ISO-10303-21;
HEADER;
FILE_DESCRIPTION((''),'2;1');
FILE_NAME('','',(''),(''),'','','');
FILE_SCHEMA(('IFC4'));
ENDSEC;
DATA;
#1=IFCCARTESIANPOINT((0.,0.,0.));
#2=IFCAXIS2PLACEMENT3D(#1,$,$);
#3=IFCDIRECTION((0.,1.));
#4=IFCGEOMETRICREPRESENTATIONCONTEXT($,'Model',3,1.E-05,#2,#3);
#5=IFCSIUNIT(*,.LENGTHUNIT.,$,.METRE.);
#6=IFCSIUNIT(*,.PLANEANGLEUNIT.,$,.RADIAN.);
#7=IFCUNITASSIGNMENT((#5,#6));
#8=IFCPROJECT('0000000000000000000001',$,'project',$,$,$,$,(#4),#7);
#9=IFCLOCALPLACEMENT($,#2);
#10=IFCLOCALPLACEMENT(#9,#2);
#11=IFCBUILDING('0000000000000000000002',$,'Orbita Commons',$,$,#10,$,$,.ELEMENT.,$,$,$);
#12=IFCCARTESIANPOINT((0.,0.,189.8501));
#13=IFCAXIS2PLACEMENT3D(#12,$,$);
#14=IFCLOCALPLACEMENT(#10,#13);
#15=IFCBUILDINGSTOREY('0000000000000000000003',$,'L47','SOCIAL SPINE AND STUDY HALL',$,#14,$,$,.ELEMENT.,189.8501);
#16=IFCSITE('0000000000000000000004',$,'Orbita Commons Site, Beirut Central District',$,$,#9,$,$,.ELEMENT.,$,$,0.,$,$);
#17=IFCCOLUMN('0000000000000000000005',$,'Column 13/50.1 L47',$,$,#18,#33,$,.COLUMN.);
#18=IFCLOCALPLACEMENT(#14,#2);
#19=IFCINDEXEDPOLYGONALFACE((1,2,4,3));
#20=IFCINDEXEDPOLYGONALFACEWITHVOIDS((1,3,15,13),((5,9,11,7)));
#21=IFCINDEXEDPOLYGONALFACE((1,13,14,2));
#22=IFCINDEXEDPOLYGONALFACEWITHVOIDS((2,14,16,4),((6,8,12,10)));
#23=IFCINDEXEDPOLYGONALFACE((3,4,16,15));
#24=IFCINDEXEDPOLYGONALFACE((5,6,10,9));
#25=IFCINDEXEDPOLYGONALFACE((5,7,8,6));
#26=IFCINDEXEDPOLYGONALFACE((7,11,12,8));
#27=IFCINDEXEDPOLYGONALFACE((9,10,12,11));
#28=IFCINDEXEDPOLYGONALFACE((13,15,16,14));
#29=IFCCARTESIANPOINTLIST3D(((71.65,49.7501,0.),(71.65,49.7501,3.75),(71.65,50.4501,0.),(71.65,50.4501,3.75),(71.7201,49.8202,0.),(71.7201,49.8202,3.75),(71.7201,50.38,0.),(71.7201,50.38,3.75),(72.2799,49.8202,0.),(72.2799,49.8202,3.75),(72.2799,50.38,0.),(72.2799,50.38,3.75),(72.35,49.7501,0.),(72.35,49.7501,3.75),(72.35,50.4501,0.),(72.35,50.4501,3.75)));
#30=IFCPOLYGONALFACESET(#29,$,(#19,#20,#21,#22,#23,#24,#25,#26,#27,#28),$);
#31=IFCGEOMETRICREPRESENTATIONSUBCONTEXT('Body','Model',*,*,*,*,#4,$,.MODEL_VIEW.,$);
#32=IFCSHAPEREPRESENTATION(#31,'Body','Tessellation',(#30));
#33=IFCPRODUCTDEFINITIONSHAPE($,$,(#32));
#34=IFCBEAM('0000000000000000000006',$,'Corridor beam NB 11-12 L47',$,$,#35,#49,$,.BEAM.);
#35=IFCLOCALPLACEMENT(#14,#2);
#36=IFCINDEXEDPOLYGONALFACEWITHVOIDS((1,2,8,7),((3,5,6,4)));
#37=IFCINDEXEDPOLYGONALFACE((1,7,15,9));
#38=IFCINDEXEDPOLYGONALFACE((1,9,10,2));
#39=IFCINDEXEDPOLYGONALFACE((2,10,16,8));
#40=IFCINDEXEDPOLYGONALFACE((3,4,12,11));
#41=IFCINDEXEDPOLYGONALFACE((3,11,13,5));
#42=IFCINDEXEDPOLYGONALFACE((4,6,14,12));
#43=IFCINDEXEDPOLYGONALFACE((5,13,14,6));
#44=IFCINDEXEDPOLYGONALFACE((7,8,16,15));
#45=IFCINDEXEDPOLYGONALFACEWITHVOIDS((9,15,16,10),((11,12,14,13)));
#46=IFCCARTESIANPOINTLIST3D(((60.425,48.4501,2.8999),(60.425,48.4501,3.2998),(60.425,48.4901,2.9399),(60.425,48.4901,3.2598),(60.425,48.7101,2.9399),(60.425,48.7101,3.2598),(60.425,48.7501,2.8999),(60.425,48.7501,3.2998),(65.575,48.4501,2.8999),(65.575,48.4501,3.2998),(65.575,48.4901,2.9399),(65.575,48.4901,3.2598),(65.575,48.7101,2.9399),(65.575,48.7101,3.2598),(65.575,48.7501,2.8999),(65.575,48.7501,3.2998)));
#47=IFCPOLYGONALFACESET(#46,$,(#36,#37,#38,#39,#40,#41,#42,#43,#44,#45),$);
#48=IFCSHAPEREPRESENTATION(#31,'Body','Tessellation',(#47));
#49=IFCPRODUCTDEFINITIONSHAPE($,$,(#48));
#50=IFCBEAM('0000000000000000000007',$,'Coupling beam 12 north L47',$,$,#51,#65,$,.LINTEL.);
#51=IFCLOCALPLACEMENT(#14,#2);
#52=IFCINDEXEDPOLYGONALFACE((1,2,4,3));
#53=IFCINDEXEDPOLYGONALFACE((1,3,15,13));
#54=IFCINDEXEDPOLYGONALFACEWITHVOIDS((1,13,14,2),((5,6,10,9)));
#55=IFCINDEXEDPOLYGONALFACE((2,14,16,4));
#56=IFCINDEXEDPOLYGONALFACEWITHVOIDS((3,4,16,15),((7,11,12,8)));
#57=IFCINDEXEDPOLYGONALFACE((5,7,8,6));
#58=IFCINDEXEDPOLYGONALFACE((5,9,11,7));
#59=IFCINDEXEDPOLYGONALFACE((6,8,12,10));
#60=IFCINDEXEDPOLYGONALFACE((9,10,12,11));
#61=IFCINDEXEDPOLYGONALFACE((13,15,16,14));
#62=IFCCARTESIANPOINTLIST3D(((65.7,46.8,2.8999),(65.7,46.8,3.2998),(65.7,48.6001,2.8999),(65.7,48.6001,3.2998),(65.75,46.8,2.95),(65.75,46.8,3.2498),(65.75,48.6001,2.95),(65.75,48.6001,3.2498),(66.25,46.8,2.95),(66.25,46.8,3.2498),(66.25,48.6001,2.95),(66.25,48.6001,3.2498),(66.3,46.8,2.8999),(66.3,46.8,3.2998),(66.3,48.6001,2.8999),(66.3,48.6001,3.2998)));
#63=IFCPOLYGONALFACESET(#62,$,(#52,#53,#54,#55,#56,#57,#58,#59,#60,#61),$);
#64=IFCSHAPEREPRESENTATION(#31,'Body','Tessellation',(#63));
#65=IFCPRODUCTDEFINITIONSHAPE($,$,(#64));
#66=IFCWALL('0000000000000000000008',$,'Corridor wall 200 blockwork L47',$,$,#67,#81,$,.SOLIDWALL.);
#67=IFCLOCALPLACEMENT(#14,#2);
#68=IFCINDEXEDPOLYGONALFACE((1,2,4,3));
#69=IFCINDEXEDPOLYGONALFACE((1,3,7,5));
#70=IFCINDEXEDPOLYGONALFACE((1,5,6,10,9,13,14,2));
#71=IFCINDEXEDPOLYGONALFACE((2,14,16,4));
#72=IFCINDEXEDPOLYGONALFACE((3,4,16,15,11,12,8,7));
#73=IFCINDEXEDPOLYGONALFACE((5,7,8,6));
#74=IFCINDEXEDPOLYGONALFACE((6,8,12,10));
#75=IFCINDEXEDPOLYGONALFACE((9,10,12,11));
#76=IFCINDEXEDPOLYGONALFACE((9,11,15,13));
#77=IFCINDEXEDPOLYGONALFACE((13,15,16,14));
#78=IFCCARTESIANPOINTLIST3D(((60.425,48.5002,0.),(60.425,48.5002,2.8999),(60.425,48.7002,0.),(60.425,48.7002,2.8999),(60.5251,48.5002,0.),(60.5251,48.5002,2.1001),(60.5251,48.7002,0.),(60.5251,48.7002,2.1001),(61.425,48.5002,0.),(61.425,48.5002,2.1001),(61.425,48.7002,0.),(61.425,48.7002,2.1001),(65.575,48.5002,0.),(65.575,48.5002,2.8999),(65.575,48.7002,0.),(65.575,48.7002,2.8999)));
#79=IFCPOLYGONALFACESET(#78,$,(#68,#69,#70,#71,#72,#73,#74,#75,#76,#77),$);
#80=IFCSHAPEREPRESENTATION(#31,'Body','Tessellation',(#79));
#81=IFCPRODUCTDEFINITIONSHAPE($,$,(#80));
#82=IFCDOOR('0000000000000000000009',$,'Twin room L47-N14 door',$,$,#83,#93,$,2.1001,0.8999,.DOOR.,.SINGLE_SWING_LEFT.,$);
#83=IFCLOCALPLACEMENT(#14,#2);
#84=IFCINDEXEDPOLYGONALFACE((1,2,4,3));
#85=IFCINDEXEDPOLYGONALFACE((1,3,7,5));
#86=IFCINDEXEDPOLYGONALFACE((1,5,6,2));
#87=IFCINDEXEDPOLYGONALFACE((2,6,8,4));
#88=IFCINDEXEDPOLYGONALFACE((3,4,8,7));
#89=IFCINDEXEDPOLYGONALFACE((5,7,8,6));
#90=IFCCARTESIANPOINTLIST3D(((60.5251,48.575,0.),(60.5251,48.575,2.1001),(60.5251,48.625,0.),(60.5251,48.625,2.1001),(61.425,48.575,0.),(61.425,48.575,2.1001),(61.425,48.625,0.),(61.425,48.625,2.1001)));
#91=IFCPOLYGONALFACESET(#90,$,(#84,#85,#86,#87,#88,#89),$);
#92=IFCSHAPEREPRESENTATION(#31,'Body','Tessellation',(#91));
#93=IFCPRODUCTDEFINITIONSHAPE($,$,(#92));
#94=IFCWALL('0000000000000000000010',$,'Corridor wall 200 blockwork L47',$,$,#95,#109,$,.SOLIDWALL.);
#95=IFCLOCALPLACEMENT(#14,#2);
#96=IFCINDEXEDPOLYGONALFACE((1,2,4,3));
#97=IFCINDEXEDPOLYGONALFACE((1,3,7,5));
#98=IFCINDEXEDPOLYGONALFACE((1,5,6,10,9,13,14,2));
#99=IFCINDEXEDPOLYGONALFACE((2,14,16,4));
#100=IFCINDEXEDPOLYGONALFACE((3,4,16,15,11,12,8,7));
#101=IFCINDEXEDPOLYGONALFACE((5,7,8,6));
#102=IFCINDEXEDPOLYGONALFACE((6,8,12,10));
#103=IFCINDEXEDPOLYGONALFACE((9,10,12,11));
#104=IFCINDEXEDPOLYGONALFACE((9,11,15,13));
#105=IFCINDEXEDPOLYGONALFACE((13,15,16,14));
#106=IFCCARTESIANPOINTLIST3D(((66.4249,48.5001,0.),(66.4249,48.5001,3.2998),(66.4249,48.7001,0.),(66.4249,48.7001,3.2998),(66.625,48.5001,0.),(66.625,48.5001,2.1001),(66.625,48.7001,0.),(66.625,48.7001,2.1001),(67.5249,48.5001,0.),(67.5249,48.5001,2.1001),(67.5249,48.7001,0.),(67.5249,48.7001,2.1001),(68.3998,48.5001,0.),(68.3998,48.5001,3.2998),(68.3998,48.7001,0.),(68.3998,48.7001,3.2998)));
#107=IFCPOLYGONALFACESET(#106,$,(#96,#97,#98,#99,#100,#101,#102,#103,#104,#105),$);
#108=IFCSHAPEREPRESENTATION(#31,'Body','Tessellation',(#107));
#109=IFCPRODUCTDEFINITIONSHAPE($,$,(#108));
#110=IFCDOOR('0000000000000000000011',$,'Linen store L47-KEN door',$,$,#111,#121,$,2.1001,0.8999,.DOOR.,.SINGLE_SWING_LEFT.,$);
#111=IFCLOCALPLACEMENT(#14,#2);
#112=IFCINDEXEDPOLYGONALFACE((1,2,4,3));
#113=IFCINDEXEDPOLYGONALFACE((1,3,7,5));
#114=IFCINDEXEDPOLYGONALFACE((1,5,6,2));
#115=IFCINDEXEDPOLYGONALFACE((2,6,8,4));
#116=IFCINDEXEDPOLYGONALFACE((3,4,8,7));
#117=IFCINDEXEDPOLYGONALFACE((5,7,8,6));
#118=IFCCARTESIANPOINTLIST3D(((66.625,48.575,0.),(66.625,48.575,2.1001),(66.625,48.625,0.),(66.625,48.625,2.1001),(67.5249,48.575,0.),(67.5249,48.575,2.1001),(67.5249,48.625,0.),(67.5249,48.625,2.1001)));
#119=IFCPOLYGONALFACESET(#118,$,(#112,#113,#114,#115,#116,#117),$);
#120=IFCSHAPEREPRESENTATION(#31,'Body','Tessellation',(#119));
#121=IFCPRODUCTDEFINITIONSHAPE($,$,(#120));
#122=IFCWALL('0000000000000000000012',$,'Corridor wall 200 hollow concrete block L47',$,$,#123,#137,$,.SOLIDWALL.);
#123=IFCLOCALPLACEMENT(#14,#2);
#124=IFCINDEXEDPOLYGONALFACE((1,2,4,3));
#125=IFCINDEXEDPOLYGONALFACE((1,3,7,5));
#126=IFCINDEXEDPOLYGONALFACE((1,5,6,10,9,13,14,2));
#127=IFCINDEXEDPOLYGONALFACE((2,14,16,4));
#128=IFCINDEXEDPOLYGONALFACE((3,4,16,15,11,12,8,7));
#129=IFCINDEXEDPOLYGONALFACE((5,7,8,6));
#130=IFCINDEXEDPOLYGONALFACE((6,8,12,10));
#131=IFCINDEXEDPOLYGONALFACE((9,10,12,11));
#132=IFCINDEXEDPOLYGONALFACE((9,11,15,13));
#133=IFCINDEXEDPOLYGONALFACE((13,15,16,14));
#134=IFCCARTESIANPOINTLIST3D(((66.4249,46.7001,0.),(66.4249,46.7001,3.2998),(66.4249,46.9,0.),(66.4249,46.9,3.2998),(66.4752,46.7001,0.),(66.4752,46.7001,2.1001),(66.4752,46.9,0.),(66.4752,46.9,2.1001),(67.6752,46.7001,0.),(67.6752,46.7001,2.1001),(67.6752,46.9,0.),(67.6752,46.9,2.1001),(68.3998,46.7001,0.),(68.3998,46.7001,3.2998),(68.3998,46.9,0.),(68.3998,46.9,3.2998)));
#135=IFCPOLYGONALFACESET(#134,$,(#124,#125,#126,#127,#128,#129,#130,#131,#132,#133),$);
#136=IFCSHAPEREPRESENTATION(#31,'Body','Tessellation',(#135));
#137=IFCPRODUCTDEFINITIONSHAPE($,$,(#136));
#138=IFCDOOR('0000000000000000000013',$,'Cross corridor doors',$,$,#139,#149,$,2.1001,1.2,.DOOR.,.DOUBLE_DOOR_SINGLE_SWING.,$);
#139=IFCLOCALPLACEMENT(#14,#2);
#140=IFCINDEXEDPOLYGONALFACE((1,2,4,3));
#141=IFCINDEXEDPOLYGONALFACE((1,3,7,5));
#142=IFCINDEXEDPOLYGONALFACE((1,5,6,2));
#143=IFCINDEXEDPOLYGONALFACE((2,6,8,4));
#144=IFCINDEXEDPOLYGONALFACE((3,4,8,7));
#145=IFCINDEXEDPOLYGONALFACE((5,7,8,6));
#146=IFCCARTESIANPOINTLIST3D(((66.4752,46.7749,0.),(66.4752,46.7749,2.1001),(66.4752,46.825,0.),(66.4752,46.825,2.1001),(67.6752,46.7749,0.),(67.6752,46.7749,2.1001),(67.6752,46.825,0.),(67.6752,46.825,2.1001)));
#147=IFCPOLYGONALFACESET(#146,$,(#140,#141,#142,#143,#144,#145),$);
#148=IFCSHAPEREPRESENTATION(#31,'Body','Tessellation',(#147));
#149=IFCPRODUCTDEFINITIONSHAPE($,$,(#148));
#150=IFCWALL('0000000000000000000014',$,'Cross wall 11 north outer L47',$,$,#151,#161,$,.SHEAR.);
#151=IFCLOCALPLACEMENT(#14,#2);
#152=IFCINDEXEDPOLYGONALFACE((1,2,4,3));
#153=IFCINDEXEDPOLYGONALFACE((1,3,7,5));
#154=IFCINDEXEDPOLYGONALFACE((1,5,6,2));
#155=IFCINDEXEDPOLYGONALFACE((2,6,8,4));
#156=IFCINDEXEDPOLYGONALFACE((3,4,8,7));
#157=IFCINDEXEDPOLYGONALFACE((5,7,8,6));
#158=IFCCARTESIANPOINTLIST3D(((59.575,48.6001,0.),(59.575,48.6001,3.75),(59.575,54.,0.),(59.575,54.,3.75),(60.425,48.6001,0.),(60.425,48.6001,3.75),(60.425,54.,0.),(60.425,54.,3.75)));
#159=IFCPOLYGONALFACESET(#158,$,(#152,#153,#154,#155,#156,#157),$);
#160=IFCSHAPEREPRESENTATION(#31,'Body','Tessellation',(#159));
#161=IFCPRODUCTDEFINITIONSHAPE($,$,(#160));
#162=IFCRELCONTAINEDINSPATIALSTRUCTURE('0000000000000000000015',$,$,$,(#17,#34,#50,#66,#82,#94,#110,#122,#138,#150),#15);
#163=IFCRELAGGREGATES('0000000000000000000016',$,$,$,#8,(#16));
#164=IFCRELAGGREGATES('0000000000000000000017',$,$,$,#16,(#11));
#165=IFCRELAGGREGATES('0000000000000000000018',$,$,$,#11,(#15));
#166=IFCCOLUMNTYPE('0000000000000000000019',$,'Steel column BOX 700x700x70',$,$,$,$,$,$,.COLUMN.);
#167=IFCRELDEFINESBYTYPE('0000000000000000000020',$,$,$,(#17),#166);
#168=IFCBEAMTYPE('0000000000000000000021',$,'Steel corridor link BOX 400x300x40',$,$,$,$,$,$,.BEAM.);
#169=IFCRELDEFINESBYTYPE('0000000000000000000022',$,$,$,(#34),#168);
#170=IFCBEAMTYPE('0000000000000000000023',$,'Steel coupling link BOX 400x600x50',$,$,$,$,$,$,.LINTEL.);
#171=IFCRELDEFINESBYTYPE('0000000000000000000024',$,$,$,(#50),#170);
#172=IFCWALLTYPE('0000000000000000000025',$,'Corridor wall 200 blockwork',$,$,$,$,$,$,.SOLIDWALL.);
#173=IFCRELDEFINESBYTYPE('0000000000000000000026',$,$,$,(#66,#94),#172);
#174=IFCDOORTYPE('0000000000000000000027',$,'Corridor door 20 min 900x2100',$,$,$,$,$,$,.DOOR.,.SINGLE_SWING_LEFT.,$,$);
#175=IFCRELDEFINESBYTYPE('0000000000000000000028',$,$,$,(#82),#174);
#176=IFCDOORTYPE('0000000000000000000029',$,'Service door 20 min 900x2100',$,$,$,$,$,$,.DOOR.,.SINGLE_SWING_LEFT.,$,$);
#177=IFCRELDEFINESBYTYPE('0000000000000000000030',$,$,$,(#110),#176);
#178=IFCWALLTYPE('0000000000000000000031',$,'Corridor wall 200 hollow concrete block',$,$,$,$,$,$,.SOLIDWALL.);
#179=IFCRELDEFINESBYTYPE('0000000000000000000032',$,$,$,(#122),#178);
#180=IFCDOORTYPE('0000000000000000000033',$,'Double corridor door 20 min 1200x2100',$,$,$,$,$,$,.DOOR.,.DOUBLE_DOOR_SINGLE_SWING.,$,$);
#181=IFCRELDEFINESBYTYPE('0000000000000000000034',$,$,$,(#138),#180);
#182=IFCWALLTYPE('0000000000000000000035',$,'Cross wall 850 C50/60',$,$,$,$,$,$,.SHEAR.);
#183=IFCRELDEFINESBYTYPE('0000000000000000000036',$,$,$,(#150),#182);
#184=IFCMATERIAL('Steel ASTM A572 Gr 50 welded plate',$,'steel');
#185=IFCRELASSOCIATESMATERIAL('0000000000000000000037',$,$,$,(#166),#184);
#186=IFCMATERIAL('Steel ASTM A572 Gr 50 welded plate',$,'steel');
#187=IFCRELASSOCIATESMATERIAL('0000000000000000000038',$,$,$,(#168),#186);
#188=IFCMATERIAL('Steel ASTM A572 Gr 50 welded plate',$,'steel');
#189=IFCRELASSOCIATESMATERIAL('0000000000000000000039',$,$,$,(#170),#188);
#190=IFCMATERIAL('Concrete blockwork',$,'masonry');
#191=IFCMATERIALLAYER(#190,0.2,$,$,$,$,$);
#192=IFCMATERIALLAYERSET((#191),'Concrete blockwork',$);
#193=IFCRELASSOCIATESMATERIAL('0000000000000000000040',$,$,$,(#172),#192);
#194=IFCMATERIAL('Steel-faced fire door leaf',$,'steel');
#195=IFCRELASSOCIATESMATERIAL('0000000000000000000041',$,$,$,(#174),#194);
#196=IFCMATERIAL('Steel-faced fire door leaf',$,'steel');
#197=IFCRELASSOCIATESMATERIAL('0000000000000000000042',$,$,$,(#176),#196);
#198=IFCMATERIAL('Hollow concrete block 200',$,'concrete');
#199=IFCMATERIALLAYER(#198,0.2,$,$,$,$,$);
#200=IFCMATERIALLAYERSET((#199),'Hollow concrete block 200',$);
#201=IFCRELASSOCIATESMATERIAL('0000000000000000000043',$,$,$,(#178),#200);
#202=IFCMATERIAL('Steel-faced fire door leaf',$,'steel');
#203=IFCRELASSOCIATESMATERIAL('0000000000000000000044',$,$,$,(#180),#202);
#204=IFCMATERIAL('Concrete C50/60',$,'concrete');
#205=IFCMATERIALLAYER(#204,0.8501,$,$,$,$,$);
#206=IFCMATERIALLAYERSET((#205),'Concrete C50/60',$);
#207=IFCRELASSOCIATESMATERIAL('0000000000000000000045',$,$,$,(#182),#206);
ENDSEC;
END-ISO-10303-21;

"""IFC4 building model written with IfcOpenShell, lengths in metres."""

from ifc_helpers import new_model, si_unit, direction, frame, frame_2d, origin, origin_2d, place, context, subcontext, project, spatial, polyline, rectangle, hollow_rectangle, outline, extrude, material, layer, layer_set, material_profile, profile_set, type_object, element, fill, save


model = new_model("IFC4")

# Units and contexts
model_context = context("Model", 3, precision=1e-05, world=origin(), true_north=direction((0.0, 1.0)))
body_context = subcontext(model_context, "Body", "Model", "MODEL_VIEW")
ifc_project = project(units=[si_unit("LENGTHUNIT", "METRE"), si_unit("PLANEANGLEUNIT", "RADIAN")], contexts=[model_context])

# Site, building, storey
site_placement = place(None, origin())
site = spatial("IfcSite", under=ifc_project, at=site_placement, Name="Orbita Commons Site, Beirut Central District", CompositionType="ELEMENT", RefElevation=0.0)
building_placement = place(site_placement, origin())
building = spatial("IfcBuilding", under=site, at=building_placement, Name="Orbita Commons", CompositionType="ELEMENT")
storey_placement = place(building_placement, frame((0.0, 0.0, 189.8501)))
storey = spatial("IfcBuildingStorey", under=building, at=storey_placement, Name="L47", Description="SOCIAL SPINE AND STUDY HALL", CompositionType="ELEMENT", Elevation=189.8501)

# Column
ifc_material_1 = material(Name="Steel ASTM A572 Gr 50 welded plate", Category="steel")
ifc_material_profile_1 = material_profile(ifc_material_1, hollow_rectangle(XDim=0.7, YDim=0.7, WallThickness=0.0701, at=origin_2d()), Name="BOX 700x700x70")
ifc_profile_set_1 = profile_set([ifc_material_profile_1], Name="Steel ASTM A572 Gr 50 welded plate")
column_type = type_object("IfcColumnType", Name="Steel column BOX 700x700x70", PredefinedType="COLUMN", material=ifc_profile_set_1)
column_placement = place(storey_placement, frame((72.0, 50.1001, 0.0), z_axis=(0.0, 0.0, 1.0), x_axis=(1.0, 0.0, 0.0)))
element("IfcColumn", 1, at=column_placement, inside=storey, type_object=column_type, Name="Column 13/50.1 L47", PredefinedType="COLUMN", context=body_context, shape_type="SweptSolid", body=[
    extrude(hollow_rectangle(XDim=0.7, YDim=0.7, WallThickness=0.0701, at=origin_2d()), origin(), (0.0, 0.0, 1.0), 3.75),
])

# Beams
ifc_material_2 = material(Name="Steel ASTM A572 Gr 50 welded plate", Category="steel")
ifc_material_profile_2 = material_profile(ifc_material_2, hollow_rectangle(XDim=0.3, YDim=0.3999, WallThickness=0.04, at=origin_2d()), Name="BOX 400x300x40")
ifc_profile_set_2 = profile_set([ifc_material_profile_2], Name="Steel ASTM A572 Gr 50 welded plate")
beam_type_1 = type_object("IfcBeamType", Name="Steel corridor link BOX 400x300x40", PredefinedType="BEAM", material=ifc_profile_set_2)
beam_1_placement = place(storey_placement, frame((60.425, 48.6001, 3.0999), z_axis=(1.0, 0.0, 0.0), x_axis=(0.0, 1.0, 0.0)))
element("IfcBeam", 2, at=beam_1_placement, inside=storey, type_object=beam_type_1, Name="Corridor beam NB 11-12 L47", PredefinedType="BEAM", context=body_context, shape_type="SweptSolid", body=[
    extrude(hollow_rectangle(XDim=0.3, YDim=0.3999, WallThickness=0.04, at=origin_2d()), origin(), (0.0, 0.0, 1.0), 5.1499),
])
ifc_material_3 = material(Name="Steel ASTM A572 Gr 50 welded plate", Category="steel")
ifc_material_profile_3 = material_profile(ifc_material_3, hollow_rectangle(XDim=0.6001, YDim=0.3999, WallThickness=0.05, at=origin_2d()), Name="BOX 400x600x50")
ifc_profile_set_3 = profile_set([ifc_material_profile_3], Name="Steel ASTM A572 Gr 50 welded plate")
beam_type_2 = type_object("IfcBeamType", Name="Steel coupling link BOX 400x600x50", PredefinedType="LINTEL", material=ifc_profile_set_3)
beam_2_placement = place(storey_placement, frame((66.0, 46.8, 3.0999), z_axis=(0.0, 1.0, 0.0), x_axis=(-1.0, 0.0, 0.0)))
element("IfcBeam", 3, at=beam_2_placement, inside=storey, type_object=beam_type_2, Name="Coupling beam 12 north L47", PredefinedType="LINTEL", context=body_context, shape_type="SweptSolid", body=[
    extrude(hollow_rectangle(XDim=0.6001, YDim=0.3999, WallThickness=0.05, at=origin_2d()), origin(), (0.0, 0.0, 1.0), 1.8),
])

# Walls, openings, doors
ifc_material_4 = material(Name="Concrete blockwork", Category="masonry")
ifc_layer_1 = layer(ifc_material_4, 0.2)
ifc_layer_set_1 = layer_set([ifc_layer_1], Name="Concrete blockwork")
wall_type_1 = type_object("IfcWallType", Name="Corridor wall 200 blockwork", PredefinedType="SOLIDWALL", material=ifc_layer_set_1)
wall_1_placement = place(storey_placement, frame((60.425, 48.6001, 0.0), z_axis=(0.0, 0.0, 1.0), x_axis=(1.0, 0.0, 0.0)))
wall_1 = element("IfcWall", 4, at=wall_1_placement, inside=storey, type_object=wall_type_1, Name="Corridor wall 200 blockwork L47", PredefinedType="SOLIDWALL", context=body_context, shape_type="SweptSolid", body=[
    extrude(outline(polyline([(0.0, 0.0), (5.1499, 0.0), (5.1499, 2.8999), (0.0, 2.8999), (0.0, 0.0)])), frame((0.0, 0.1001, 0.0), z_axis=(0.0, -1.0, 0.0), x_axis=(1.0, 0.0, 0.0)), (0.0, 0.0, 1.0), 0.2),
])
opening_1_placement = place(wall_1_placement, frame((0.1001, 0.0, 0.0)))
opening_1 = element("IfcOpeningElement", 5, at=opening_1_placement, cuts=wall_1, PredefinedType="OPENING", context=body_context, shape_type="SweptSolid", body=[
    extrude(rectangle(XDim=0.8999, YDim=2.1001, at=frame_2d((0.45, 1.05))), frame((0.0, 0.1099, 0.0), z_axis=(0.0, -1.0, 0.0), x_axis=(1.0, 0.0, 0.0)), (0.0, 0.0, 1.0), 0.22),
])
ifc_material_5 = material(Name="Steel-faced fire door leaf", Category="steel")
door_type_1 = type_object("IfcDoorType", Name="Corridor door 20 min 900x2100", OperationType="SINGLE_SWING_LEFT", PredefinedType="DOOR", material=ifc_material_5)
door_1_placement = place(opening_1_placement, origin())
door_1 = element("IfcDoor", 6, at=door_1_placement, inside=storey, type_object=door_type_1, Name="Twin room L47-N14 door", OperationType="SINGLE_SWING_LEFT", OverallHeight=2.1001, OverallWidth=0.8999, PredefinedType="DOOR", context=body_context, shape_type="SweptSolid", body=[
    extrude(rectangle(XDim=0.8999, YDim=2.1001, at=frame_2d((0.45, 1.05))), frame((0.0, 0.0249, 0.0), z_axis=(0.0, -1.0, 0.0), x_axis=(1.0, 0.0, 0.0)), (0.0, 0.0, 1.0), 0.05),
])
fill(opening_1, door_1)
wall_2_placement = place(storey_placement, frame((66.425, 48.6001, 0.0), z_axis=(0.0, 0.0, 1.0), x_axis=(1.0, 0.0, 0.0)))
wall_2 = element("IfcWall", 7, at=wall_2_placement, inside=storey, type_object=wall_type_1, Name="Corridor wall 200 blockwork L47", PredefinedType="SOLIDWALL", context=body_context, shape_type="SweptSolid", body=[
    extrude(rectangle(XDim=1.9749, YDim=0.2, at=frame_2d((0.9873, 0.0))), origin(), (0.0, 0.0, 1.0), 3.2998),
])
opening_2_placement = place(wall_2_placement, frame((0.2, 0.0, 0.0)))
opening_2 = element("IfcOpeningElement", 8, at=opening_2_placement, cuts=wall_2, PredefinedType="OPENING", context=body_context, shape_type="SweptSolid", body=[
    extrude(rectangle(XDim=0.8999, YDim=2.1001, at=frame_2d((0.45, 1.05))), frame((0.0, 0.1099, 0.0), z_axis=(0.0, -1.0, 0.0), x_axis=(1.0, 0.0, 0.0)), (0.0, 0.0, 1.0), 0.22),
])
ifc_material_6 = material(Name="Steel-faced fire door leaf", Category="steel")
door_type_2 = type_object("IfcDoorType", Name="Service door 20 min 900x2100", OperationType="SINGLE_SWING_LEFT", PredefinedType="DOOR", material=ifc_material_6)
door_2_placement = place(opening_2_placement, origin())
door_2 = element("IfcDoor", 9, at=door_2_placement, inside=storey, type_object=door_type_2, Name="Linen store L47-KEN door", OperationType="SINGLE_SWING_LEFT", OverallHeight=2.1001, OverallWidth=0.8999, PredefinedType="DOOR", context=body_context, shape_type="SweptSolid", body=[
    extrude(rectangle(XDim=0.8999, YDim=2.1001, at=frame_2d((0.45, 1.05))), frame((0.0, 0.0249, 0.0), z_axis=(0.0, -1.0, 0.0), x_axis=(1.0, 0.0, 0.0)), (0.0, 0.0, 1.0), 0.05),
])
fill(opening_2, door_2)
ifc_material_7 = material(Name="Hollow concrete block 200", Category="concrete")
ifc_layer_2 = layer(ifc_material_7, 0.2)
ifc_layer_set_2 = layer_set([ifc_layer_2], Name="Hollow concrete block 200")
wall_type_2 = type_object("IfcWallType", Name="Corridor wall 200 hollow concrete block", PredefinedType="SOLIDWALL", material=ifc_layer_set_2)
wall_3_placement = place(storey_placement, frame((66.425, 46.8, 0.0), z_axis=(0.0, 0.0, 1.0), x_axis=(1.0, 0.0, 0.0)))
wall_3 = element("IfcWall", 10, at=wall_3_placement, inside=storey, type_object=wall_type_2, Name="Corridor wall 200 hollow concrete block L47", PredefinedType="SOLIDWALL", context=body_context, shape_type="SweptSolid", body=[
    extrude(rectangle(XDim=1.9749, YDim=0.2, at=frame_2d((0.9873, 0.0))), origin(), (0.0, 0.0, 1.0), 3.2998),
])
opening_3_placement = place(wall_3_placement, frame((0.05, 0.0, 0.0)))
opening_3 = element("IfcOpeningElement", 11, at=opening_3_placement, cuts=wall_3, PredefinedType="OPENING", context=body_context, shape_type="SweptSolid", body=[
    extrude(rectangle(XDim=1.2, YDim=2.1001, at=frame_2d((0.6001, 1.05))), frame((0.0, 0.1099, 0.0), z_axis=(0.0, -1.0, 0.0), x_axis=(1.0, 0.0, 0.0)), (0.0, 0.0, 1.0), 0.22),
])
ifc_material_8 = material(Name="Steel-faced fire door leaf", Category="steel")
door_type_3 = type_object("IfcDoorType", Name="Double corridor door 20 min 1200x2100", OperationType="DOUBLE_DOOR_SINGLE_SWING", PredefinedType="DOOR", material=ifc_material_8)
door_3_placement = place(opening_3_placement, origin())
door_3 = element("IfcDoor", 12, at=door_3_placement, inside=storey, type_object=door_type_3, Name="Cross corridor doors", OperationType="DOUBLE_DOOR_SINGLE_SWING", OverallHeight=2.1001, OverallWidth=1.2, PredefinedType="DOOR", context=body_context, shape_type="SweptSolid", body=[
    extrude(rectangle(XDim=1.2, YDim=2.1001, at=frame_2d((0.6001, 1.05))), frame((0.0, 0.0249, 0.0), z_axis=(0.0, -1.0, 0.0), x_axis=(1.0, 0.0, 0.0)), (0.0, 0.0, 1.0), 0.05),
])
fill(opening_3, door_3)

# Wall
ifc_material_9 = material(Name="Concrete C50/60", Category="concrete")
ifc_layer_3 = layer(ifc_material_9, 0.8501)
ifc_layer_set_3 = layer_set([ifc_layer_3], Name="Concrete C50/60")
wall_type_3 = type_object("IfcWallType", Name="Cross wall 850 C50/60", PredefinedType="SHEAR", material=ifc_layer_set_3)
for number, where, z_axis, x_axis, name in (
    (13, (60.0, 48.6001, 0.0), (0.0, 0.0, 1.0), (0.0, 1.0, 0.0), "Cross wall 11 north outer L47"),
):
    element("IfcWall", number, at=place(storey_placement, frame(where, z_axis=z_axis, x_axis=x_axis)), inside=storey, type_object=wall_type_3, Name=name, PredefinedType="SHEAR", context=body_context, shape_type="SweptSolid", body=[
        extrude(rectangle(XDim=5.3999, YDim=0.8501, at=frame_2d((2.7, 0.0))), origin(), (0.0, 0.0, 1.0), 3.75),
    ])

save(model, "model.ifc")
